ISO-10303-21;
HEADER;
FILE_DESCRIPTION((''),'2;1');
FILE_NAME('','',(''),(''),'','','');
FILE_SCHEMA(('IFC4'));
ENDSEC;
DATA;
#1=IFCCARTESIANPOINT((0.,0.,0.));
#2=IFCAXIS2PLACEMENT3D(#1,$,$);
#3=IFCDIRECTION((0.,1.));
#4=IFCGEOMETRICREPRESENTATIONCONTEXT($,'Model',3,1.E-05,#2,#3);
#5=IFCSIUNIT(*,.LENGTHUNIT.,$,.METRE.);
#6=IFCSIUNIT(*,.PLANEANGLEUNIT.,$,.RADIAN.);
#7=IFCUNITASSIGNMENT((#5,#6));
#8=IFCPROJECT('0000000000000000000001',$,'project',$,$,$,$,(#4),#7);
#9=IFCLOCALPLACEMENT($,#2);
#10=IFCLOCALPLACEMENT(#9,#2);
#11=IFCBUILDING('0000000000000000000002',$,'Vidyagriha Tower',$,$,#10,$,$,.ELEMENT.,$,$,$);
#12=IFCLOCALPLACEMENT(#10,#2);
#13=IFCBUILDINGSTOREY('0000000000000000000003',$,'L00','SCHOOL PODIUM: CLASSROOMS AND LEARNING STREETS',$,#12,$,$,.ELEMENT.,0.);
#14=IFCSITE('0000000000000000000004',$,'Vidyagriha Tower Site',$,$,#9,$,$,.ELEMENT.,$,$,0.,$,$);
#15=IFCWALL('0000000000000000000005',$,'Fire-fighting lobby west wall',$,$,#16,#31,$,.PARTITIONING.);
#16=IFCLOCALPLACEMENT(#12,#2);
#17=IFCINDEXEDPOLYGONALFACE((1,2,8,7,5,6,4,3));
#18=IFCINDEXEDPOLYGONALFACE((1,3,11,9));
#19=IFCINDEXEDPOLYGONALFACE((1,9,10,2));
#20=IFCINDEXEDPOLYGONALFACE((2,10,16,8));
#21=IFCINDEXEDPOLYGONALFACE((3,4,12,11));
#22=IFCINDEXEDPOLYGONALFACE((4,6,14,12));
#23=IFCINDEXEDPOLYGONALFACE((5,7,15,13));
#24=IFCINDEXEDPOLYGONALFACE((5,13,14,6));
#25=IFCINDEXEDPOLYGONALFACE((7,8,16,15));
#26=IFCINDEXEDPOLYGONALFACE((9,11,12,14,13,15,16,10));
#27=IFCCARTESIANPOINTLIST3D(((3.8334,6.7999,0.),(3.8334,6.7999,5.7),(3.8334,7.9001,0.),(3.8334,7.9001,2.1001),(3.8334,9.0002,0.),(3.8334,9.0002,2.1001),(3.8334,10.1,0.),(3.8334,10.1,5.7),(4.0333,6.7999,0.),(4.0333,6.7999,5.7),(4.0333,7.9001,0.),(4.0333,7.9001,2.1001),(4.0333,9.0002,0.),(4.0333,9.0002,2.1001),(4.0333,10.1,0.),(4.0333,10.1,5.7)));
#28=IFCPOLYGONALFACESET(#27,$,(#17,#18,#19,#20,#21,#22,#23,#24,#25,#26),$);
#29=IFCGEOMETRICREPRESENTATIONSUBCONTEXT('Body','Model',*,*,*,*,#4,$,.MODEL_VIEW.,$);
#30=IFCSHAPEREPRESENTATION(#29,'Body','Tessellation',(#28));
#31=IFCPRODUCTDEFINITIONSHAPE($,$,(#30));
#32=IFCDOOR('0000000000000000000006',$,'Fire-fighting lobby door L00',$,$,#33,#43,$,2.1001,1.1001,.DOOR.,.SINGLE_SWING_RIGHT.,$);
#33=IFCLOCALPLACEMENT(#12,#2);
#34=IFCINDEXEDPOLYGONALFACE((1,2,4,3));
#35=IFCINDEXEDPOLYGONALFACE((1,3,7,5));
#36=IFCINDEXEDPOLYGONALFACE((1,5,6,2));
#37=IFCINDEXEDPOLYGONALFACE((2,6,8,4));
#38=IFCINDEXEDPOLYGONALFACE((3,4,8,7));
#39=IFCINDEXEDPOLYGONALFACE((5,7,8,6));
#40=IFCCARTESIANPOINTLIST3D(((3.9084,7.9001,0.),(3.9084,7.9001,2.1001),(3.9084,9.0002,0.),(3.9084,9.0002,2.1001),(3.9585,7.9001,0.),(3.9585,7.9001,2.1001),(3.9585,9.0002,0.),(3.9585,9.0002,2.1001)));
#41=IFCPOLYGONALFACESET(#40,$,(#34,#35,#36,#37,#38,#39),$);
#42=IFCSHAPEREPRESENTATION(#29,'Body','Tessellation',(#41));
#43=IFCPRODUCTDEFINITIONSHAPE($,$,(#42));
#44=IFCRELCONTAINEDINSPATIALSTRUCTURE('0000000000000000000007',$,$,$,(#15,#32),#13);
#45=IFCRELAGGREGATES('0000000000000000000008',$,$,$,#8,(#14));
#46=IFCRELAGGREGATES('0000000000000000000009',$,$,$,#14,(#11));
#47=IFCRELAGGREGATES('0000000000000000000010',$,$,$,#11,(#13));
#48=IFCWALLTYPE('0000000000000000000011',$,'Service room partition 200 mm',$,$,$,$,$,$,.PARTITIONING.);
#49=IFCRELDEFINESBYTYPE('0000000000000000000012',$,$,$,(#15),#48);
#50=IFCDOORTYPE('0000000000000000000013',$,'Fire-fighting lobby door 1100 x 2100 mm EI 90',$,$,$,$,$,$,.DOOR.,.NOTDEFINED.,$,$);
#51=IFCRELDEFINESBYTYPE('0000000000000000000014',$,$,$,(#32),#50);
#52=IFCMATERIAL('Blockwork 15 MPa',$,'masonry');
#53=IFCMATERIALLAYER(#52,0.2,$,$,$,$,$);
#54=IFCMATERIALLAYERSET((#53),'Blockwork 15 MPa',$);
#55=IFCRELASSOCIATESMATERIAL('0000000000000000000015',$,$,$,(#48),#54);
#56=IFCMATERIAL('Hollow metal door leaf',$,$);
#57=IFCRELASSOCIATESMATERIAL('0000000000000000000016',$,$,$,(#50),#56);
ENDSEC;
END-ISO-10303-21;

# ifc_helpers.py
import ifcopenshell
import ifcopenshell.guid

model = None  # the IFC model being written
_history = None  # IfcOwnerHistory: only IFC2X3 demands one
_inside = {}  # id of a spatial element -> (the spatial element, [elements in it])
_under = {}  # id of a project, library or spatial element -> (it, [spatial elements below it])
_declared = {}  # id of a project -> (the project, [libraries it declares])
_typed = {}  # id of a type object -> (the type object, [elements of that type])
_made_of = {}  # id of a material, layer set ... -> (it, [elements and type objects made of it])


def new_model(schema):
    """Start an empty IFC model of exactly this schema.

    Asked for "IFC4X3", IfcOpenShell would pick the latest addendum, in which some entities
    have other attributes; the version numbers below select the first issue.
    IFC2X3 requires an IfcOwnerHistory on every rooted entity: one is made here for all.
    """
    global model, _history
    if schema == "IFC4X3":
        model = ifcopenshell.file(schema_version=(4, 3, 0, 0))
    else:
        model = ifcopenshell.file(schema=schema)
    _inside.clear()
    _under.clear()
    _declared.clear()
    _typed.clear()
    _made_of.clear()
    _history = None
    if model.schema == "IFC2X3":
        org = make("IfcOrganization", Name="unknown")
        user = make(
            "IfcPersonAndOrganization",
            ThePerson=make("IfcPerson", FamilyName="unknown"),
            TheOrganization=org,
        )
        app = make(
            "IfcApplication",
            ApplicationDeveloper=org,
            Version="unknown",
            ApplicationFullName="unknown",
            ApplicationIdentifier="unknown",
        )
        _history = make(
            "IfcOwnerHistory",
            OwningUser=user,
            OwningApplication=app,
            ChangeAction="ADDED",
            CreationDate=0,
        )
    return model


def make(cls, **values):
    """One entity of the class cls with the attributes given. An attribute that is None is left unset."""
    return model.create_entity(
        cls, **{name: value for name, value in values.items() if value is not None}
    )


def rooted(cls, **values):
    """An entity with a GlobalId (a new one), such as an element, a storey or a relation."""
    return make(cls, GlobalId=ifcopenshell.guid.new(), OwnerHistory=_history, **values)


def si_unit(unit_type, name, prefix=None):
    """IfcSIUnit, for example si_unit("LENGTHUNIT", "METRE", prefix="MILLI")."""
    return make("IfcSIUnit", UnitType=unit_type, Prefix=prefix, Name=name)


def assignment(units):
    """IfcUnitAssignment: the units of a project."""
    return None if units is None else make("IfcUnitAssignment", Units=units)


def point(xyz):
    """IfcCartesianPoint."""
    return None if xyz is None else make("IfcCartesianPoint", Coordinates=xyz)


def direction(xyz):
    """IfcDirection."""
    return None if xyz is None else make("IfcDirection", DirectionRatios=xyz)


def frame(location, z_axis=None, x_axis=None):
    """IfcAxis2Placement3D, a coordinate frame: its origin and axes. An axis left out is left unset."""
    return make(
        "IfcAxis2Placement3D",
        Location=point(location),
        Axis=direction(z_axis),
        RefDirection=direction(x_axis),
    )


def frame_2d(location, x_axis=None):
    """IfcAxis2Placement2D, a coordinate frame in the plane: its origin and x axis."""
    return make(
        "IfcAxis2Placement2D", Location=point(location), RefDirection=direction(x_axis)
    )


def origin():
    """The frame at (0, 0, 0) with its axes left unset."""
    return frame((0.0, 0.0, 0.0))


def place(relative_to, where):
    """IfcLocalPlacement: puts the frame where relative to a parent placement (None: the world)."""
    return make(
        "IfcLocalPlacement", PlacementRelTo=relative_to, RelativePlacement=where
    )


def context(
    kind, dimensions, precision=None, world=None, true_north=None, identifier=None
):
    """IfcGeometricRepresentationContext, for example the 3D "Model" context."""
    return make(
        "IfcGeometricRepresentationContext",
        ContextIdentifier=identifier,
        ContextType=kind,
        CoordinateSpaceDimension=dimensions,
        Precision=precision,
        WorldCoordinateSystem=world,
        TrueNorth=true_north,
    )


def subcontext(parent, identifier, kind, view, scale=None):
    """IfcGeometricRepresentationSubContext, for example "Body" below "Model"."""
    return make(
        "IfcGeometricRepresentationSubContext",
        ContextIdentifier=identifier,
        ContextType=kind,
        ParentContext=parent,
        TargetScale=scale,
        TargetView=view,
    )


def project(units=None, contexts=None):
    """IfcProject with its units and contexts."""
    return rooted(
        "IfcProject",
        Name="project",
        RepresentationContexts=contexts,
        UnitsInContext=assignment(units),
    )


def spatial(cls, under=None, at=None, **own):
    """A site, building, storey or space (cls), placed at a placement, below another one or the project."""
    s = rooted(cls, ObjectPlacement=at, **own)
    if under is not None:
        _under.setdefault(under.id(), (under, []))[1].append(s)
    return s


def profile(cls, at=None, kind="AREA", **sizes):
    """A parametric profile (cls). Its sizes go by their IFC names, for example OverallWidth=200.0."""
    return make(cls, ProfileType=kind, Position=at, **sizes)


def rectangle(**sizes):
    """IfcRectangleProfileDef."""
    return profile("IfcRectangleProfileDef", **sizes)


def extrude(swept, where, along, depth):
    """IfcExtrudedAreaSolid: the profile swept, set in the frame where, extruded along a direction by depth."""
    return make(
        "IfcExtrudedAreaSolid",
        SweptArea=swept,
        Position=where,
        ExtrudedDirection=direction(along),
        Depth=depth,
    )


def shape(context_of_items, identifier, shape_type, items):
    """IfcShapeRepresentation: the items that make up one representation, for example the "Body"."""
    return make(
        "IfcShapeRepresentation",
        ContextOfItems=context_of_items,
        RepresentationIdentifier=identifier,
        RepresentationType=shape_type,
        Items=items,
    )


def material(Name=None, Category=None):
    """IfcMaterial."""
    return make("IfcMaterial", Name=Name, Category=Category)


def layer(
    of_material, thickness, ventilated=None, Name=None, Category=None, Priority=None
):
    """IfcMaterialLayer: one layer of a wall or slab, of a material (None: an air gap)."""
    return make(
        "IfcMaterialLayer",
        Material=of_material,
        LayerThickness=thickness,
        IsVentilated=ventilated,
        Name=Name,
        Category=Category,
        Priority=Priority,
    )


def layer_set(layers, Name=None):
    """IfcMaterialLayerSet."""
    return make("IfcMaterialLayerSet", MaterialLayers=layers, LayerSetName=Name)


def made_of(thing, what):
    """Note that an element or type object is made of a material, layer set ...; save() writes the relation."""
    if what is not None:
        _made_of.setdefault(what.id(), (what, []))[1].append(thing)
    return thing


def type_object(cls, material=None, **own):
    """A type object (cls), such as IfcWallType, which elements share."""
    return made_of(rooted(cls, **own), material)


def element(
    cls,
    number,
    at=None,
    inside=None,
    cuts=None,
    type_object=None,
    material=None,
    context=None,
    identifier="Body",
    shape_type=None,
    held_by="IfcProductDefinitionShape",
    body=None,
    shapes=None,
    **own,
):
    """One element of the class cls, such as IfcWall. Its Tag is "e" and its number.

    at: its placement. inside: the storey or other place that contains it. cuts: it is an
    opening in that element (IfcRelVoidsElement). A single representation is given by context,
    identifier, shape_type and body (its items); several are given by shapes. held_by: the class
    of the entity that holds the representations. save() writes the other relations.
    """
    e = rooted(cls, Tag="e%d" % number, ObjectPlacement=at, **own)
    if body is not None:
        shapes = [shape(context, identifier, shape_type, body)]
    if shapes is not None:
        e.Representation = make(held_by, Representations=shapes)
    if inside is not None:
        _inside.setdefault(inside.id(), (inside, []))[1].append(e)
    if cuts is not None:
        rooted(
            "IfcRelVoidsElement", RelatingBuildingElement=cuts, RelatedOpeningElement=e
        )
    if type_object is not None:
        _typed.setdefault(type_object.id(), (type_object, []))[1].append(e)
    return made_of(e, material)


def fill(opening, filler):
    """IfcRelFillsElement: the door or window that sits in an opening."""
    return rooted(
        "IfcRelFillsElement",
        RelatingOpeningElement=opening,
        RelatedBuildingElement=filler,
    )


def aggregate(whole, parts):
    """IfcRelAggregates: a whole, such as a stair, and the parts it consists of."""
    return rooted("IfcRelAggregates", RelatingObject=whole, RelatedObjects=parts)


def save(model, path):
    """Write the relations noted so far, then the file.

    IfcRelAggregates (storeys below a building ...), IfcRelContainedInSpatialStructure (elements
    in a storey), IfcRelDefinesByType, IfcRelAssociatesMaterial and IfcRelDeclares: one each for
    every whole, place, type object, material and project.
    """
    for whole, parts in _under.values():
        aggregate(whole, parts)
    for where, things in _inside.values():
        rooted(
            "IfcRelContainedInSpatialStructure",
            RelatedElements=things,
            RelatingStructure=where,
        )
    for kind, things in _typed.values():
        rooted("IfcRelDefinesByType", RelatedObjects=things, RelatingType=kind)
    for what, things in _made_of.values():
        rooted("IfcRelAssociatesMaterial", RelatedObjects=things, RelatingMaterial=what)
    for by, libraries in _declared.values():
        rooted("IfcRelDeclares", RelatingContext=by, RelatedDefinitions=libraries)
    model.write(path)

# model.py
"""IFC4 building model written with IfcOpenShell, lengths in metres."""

from ifc_helpers import new_model, si_unit, direction, frame, frame_2d, origin, place, context, subcontext, project, spatial, rectangle, extrude, material, layer, layer_set, type_object, element, fill, save


model = new_model("IFC4")

# Units and contexts
model_context = context("Model", 3, precision=1e-05, world=origin(), true_north=direction((0.0, 1.0)))
body_context = subcontext(model_context, "Body", "Model", "MODEL_VIEW")
ifc_project = project(units=[si_unit("LENGTHUNIT", "METRE"), si_unit("PLANEANGLEUNIT", "RADIAN")], contexts=[model_context])

# Site, building, storey
site_placement = place(None, origin())
site = spatial("IfcSite", under=ifc_project, at=site_placement, Name="Vidyagriha Tower Site", CompositionType="ELEMENT", RefElevation=0.0)
building_placement = place(site_placement, origin())
building = spatial("IfcBuilding", under=site, at=building_placement, Name="Vidyagriha Tower", CompositionType="ELEMENT")
storey_placement = place(building_placement, origin())
storey = spatial("IfcBuildingStorey", under=building, at=storey_placement, Name="L00", Description="SCHOOL PODIUM: CLASSROOMS AND LEARNING STREETS", CompositionType="ELEMENT", Elevation=0.0)

# Wall, opening, door
ifc_material_1 = material(Name="Blockwork 15 MPa", Category="masonry")
ifc_layer_1 = layer(ifc_material_1, 0.2)
ifc_layer_set_1 = layer_set([ifc_layer_1], Name="Blockwork 15 MPa")
wall_type_1 = type_object("IfcWallType", Name="Service room partition 200 mm", PredefinedType="PARTITIONING", material=ifc_layer_set_1)
wall_1_placement = place(storey_placement, frame((3.9333, 6.8, 0.0), z_axis=(0.0, 0.0, 1.0), x_axis=(0.0, 1.0, 0.0)))
wall_1 = element("IfcWall", 1, at=wall_1_placement, inside=storey, type_object=wall_type_1, Name="Fire-fighting lobby west wall", PredefinedType="PARTITIONING", context=body_context, shape_type="SweptSolid", body=[
    extrude(rectangle(XDim=3.3, YDim=0.2, at=frame_2d((1.6499, 0.0))), origin(), (0.0, 0.0, 1.0), 5.7),
])
opening_1_placement = place(wall_1_placement, frame((1.1001, 0.0, 0.0)))
opening_1 = element("IfcOpeningElement", 2, at=opening_1_placement, cuts=wall_1, PredefinedType="OPENING", context=body_context, shape_type="SweptSolid", body=[
    extrude(rectangle(XDim=1.1001, YDim=2.1001, at=frame_2d((0.55, 1.05))), frame((0.0, 0.1099, 0.0), z_axis=(0.0, -1.0, 0.0), x_axis=(1.0, 0.0, 0.0)), (0.0, 0.0, 1.0), 0.22),
])
ifc_material_2 = material(Name="Hollow metal door leaf")
door_type_1 = type_object("IfcDoorType", Name="Fire-fighting lobby door 1100 x 2100 mm EI 90", OperationType="NOTDEFINED", PredefinedType="DOOR", material=ifc_material_2)
door_1_placement = place(opening_1_placement, origin())
door_1 = element("IfcDoor", 3, at=door_1_placement, inside=storey, type_object=door_type_1, Name="Fire-fighting lobby door L00", OperationType="SINGLE_SWING_RIGHT", OverallHeight=2.1001, OverallWidth=1.1001, PredefinedType="DOOR", context=body_context, shape_type="SweptSolid", body=[
    extrude(rectangle(XDim=1.1001, YDim=2.1001, at=frame_2d((0.55, 1.05))), frame((0.0, 0.0249, 0.0), z_axis=(0.0, -1.0, 0.0), x_axis=(1.0, 0.0, 0.0)), (0.0, 0.0, 1.0), 0.05),
])
fill(opening_1, door_1)

save(model, "model.ifc")
